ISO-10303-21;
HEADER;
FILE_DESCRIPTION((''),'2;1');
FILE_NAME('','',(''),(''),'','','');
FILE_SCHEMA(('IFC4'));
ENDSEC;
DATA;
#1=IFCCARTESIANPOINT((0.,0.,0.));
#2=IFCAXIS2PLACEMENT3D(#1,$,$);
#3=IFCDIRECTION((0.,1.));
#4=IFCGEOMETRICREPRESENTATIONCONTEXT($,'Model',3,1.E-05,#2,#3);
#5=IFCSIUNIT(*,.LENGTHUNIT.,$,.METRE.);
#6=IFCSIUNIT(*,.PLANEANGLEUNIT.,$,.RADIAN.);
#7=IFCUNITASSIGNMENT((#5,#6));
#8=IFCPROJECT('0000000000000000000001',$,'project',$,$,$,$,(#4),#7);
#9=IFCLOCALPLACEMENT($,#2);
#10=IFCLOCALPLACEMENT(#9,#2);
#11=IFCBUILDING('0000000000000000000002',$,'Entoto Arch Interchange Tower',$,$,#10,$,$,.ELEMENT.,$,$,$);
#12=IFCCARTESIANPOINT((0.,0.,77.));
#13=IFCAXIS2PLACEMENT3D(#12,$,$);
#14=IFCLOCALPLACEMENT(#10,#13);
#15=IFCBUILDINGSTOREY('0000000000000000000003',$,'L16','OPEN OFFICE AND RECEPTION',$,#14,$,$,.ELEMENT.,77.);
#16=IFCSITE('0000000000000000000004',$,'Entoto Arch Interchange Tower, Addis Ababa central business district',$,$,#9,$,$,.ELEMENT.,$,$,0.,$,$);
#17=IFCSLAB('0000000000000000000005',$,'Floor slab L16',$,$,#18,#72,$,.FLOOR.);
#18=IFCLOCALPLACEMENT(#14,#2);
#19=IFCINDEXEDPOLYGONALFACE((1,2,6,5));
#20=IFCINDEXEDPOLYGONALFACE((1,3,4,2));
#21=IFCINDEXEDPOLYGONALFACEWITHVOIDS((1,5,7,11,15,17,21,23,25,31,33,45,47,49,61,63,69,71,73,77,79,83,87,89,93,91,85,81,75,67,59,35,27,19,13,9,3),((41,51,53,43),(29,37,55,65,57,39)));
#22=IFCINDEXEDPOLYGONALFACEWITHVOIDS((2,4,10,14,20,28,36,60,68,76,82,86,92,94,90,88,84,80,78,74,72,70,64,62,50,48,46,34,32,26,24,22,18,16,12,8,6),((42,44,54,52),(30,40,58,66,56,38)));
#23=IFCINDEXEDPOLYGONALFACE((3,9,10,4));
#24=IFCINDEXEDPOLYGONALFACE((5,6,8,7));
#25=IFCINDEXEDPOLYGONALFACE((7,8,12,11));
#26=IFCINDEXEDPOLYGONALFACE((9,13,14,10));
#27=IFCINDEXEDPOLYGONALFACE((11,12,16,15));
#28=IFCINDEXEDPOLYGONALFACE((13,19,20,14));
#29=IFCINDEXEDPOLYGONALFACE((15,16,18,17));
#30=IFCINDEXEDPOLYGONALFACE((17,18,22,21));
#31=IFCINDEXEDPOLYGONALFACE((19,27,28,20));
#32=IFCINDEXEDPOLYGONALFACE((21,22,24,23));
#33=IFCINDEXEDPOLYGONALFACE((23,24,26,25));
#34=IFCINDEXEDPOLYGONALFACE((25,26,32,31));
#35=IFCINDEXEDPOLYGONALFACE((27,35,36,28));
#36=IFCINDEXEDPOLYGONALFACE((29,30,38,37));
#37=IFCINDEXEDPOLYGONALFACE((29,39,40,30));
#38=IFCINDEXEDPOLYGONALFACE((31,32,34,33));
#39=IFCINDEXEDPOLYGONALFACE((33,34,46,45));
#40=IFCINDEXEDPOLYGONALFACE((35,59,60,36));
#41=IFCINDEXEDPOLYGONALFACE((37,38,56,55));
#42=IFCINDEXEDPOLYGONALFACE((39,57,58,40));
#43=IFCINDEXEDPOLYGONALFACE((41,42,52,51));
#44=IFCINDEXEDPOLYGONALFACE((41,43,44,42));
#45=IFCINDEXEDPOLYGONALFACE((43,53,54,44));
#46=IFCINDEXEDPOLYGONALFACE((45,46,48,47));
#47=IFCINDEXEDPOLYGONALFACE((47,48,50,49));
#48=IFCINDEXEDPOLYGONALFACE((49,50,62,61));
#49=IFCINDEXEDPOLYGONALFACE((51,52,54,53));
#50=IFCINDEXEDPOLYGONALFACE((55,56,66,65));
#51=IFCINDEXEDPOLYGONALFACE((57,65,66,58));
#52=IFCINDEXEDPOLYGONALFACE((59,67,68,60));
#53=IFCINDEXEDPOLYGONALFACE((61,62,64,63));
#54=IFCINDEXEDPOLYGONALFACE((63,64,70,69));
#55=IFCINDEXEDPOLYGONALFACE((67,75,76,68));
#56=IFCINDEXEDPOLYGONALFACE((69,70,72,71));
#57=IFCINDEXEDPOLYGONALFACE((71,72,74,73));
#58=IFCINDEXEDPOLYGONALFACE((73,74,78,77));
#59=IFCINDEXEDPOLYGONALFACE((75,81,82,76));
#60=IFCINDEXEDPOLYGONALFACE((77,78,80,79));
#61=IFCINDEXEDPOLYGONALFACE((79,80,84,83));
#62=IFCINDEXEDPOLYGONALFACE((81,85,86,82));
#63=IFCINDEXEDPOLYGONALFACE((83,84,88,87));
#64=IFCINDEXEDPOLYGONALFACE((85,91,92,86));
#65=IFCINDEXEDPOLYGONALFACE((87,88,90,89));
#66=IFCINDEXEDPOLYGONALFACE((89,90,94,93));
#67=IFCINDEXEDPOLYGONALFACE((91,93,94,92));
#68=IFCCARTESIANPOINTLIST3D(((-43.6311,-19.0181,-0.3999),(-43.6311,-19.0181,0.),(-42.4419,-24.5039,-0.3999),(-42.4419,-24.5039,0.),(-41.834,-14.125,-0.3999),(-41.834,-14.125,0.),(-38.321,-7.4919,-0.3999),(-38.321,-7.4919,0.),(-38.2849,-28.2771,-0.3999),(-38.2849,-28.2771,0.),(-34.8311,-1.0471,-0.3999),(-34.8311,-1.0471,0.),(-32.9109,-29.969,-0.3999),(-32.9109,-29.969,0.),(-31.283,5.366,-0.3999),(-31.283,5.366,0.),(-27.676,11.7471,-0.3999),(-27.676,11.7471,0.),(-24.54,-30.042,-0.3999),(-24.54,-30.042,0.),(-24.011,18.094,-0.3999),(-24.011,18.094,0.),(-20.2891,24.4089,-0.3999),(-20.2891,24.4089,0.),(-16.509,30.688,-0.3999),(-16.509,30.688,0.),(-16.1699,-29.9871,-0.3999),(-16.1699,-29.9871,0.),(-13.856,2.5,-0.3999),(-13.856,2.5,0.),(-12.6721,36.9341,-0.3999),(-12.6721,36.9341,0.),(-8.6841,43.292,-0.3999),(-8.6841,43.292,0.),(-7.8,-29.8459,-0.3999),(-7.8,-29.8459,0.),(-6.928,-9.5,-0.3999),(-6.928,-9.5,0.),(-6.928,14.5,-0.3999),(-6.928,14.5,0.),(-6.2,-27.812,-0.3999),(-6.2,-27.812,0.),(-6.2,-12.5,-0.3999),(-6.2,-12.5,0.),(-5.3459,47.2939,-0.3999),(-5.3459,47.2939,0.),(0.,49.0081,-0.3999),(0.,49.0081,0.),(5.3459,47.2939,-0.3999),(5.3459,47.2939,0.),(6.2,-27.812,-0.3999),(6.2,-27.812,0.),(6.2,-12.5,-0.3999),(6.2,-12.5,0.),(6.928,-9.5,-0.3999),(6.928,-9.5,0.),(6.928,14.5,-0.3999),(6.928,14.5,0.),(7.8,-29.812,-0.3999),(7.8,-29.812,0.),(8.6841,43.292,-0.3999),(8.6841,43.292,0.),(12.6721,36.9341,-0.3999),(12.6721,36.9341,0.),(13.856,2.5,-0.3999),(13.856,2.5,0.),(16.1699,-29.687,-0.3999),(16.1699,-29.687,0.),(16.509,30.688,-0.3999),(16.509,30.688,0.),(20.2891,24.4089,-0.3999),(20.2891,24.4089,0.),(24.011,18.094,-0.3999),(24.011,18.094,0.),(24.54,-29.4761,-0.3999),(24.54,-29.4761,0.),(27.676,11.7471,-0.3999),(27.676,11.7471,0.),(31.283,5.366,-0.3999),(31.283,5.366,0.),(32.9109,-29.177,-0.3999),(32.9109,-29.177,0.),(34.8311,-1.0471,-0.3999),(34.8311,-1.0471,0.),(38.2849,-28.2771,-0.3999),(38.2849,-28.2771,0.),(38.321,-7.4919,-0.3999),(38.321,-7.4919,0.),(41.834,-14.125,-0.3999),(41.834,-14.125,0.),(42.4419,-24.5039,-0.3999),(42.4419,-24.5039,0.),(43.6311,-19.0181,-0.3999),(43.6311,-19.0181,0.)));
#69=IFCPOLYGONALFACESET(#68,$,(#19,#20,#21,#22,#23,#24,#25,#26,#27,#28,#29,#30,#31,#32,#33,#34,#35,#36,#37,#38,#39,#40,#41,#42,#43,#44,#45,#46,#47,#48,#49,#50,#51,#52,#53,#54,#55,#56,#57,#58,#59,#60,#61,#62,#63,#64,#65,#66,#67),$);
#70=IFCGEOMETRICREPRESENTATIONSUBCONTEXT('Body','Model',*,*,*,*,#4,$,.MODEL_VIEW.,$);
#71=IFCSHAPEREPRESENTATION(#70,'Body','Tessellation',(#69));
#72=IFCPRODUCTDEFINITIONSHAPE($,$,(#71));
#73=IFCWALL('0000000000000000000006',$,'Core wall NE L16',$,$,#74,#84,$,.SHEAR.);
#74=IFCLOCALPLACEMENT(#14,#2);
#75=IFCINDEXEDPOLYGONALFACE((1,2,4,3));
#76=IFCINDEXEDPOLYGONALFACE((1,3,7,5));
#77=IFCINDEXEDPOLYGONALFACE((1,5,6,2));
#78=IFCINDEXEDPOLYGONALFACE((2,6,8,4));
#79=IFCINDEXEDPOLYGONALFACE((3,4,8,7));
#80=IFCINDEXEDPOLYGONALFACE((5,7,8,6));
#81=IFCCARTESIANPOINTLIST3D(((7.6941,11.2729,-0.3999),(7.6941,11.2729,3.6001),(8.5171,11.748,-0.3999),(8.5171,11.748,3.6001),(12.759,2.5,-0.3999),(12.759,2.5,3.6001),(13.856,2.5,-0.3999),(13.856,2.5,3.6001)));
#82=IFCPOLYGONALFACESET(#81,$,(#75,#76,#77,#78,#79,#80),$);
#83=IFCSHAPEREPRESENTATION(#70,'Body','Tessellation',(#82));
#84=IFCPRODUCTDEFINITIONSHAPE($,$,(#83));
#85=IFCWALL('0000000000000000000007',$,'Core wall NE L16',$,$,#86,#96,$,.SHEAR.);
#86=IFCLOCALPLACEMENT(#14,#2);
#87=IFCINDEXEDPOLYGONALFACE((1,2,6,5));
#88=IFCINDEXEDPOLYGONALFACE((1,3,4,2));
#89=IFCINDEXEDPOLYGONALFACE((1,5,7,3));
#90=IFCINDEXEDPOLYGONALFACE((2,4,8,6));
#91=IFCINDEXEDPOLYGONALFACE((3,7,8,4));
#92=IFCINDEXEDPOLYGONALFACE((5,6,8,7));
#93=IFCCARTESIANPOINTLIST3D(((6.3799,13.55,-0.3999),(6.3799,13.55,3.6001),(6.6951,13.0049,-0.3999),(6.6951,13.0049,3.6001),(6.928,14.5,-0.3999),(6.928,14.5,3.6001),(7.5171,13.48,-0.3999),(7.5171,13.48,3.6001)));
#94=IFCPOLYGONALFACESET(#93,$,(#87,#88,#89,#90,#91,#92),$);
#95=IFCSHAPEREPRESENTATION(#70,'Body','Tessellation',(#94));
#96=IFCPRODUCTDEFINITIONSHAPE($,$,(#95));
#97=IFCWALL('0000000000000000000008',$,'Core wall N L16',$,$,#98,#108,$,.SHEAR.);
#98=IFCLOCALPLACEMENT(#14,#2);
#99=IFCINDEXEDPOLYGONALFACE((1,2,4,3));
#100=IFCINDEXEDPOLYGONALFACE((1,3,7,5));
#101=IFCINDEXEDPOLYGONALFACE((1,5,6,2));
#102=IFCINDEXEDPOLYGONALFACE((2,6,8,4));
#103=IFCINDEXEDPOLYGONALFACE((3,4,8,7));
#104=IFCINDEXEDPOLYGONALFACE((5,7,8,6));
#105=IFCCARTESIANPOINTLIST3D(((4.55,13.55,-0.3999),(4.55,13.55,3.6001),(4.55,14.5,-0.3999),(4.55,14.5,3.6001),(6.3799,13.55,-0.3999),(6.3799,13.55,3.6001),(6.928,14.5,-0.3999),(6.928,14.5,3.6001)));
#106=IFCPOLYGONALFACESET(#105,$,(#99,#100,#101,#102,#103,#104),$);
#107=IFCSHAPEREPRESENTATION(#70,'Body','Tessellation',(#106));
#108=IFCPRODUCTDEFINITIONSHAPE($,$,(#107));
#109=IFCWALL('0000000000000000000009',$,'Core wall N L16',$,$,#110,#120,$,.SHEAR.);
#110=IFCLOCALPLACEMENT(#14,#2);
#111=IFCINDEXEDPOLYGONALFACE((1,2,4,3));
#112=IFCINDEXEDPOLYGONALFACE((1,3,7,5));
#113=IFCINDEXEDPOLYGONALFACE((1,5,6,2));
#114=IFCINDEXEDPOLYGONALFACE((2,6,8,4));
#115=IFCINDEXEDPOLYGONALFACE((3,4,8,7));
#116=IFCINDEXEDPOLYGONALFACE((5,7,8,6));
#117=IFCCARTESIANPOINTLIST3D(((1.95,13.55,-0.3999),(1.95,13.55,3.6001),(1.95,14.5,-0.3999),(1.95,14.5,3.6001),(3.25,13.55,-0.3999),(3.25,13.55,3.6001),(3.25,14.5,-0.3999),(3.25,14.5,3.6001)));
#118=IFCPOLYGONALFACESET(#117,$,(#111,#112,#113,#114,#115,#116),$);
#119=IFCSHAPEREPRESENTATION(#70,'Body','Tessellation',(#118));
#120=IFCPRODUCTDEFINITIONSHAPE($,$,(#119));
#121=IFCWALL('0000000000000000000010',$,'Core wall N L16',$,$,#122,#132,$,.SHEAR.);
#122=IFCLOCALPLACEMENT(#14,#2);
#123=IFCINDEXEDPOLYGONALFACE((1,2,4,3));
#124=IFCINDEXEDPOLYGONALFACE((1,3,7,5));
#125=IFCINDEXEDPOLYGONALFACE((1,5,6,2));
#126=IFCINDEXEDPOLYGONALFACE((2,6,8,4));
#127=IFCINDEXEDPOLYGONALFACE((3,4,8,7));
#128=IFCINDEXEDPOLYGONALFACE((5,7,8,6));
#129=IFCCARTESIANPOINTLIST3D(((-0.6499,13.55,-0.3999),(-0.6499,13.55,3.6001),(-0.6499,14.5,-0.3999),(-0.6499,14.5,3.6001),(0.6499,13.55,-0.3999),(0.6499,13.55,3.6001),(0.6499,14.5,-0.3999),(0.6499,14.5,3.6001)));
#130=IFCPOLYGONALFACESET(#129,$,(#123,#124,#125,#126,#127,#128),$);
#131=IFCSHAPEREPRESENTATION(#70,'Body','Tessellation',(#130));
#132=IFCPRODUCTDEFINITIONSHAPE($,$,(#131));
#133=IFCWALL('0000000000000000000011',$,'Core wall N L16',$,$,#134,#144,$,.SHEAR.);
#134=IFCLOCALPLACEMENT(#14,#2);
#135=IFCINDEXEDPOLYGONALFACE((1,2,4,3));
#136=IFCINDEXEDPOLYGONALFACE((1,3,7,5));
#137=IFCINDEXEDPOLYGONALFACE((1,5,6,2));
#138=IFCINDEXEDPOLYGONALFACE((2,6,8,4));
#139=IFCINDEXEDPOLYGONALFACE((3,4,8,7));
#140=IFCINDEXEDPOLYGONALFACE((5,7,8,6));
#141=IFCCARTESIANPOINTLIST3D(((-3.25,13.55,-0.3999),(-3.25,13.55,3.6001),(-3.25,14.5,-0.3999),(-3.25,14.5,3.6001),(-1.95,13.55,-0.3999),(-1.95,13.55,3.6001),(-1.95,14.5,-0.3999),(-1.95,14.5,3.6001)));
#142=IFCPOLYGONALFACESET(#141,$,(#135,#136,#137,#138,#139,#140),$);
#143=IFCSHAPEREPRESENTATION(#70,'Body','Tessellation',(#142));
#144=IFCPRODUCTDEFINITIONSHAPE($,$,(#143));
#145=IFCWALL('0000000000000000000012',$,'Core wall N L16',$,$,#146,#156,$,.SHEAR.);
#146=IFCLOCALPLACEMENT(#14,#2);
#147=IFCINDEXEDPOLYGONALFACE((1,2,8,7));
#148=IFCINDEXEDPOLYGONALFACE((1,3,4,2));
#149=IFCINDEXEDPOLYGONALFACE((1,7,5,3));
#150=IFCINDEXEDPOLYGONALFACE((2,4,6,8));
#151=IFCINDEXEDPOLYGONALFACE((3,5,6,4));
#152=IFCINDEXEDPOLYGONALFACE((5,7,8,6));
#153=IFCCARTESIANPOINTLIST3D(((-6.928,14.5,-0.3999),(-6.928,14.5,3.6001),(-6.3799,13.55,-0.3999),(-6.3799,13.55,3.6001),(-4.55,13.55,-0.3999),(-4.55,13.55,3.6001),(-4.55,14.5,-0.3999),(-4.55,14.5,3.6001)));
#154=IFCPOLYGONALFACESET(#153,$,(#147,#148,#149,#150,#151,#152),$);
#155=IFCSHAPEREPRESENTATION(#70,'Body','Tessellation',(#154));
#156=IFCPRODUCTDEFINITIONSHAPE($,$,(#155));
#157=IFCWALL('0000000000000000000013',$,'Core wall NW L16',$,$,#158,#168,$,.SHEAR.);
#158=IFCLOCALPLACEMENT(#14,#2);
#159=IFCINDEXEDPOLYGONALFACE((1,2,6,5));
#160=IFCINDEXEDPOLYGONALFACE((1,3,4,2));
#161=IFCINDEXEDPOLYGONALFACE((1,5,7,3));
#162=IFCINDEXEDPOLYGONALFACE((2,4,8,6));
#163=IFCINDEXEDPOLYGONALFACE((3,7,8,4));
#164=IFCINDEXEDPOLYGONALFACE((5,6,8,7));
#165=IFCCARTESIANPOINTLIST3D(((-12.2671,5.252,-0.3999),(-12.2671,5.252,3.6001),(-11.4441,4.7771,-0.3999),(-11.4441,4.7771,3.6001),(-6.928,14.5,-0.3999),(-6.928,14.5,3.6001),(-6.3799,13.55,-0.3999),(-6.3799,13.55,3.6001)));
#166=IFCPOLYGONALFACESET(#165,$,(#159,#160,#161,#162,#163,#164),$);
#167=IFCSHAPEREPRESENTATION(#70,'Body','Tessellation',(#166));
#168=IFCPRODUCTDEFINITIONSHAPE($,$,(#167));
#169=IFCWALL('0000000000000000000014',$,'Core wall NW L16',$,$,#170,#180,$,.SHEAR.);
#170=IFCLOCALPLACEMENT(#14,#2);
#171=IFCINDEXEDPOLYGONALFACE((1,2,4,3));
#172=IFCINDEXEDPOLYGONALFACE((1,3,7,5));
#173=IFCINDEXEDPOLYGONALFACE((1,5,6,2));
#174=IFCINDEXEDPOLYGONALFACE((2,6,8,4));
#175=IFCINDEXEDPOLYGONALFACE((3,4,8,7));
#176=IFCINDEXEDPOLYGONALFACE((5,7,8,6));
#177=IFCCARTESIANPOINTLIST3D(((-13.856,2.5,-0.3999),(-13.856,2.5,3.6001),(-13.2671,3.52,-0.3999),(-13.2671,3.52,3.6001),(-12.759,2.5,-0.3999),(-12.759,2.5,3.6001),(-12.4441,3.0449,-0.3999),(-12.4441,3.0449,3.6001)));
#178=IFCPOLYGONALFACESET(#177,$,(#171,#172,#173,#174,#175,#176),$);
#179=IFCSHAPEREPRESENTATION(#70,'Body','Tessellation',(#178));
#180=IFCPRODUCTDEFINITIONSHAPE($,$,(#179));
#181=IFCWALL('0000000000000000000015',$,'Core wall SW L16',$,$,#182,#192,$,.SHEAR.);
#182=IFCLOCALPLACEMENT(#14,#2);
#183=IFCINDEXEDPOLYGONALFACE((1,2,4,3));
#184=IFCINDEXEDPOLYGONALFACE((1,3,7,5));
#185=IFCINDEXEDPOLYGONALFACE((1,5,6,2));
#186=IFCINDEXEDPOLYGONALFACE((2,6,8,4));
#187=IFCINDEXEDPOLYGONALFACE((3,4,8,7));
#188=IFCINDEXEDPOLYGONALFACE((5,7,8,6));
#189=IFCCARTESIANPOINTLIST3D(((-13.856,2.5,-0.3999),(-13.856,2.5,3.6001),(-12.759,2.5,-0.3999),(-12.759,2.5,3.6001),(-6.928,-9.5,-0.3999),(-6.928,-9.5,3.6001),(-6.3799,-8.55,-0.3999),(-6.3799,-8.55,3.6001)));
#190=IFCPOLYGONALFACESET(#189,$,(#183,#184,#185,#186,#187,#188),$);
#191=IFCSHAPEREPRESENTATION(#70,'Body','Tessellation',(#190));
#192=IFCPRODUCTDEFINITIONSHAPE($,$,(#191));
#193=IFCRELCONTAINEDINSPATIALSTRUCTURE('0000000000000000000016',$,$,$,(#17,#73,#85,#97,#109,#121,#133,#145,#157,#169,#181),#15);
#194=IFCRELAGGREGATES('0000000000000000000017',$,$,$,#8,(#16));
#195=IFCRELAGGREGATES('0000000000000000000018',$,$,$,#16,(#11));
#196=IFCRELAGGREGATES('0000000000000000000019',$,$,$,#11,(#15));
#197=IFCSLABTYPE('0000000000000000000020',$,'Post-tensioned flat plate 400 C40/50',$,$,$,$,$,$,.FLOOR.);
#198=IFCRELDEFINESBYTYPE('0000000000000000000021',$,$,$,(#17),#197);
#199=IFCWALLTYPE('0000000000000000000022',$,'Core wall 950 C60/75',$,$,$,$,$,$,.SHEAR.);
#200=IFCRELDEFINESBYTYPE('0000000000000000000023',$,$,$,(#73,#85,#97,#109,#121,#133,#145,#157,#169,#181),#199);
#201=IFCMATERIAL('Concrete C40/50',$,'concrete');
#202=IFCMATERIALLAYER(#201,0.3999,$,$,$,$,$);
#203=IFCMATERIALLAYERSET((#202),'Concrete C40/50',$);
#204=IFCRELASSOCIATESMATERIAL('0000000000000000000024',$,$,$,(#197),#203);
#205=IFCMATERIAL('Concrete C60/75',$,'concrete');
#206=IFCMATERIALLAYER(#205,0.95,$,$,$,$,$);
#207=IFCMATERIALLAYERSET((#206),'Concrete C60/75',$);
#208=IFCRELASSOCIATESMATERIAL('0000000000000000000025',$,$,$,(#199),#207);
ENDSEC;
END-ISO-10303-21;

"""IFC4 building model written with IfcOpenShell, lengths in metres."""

from ifc_helpers import new_model, si_unit, direction, frame, origin, place, context, subcontext, project, spatial, polyline, outline, extrude, material, layer, layer_set, type_object, element, save


model = new_model("IFC4")

# Units and contexts
model_context = context("Model", 3, precision=1e-05, world=origin(), true_north=direction((0.0, 1.0)))
body_context = subcontext(model_context, "Body", "Model", "MODEL_VIEW")
ifc_project = project(units=[si_unit("LENGTHUNIT", "METRE"), si_unit("PLANEANGLEUNIT", "RADIAN")], contexts=[model_context])

# Site, building, storey
site_placement = place(None, origin())
site = spatial("IfcSite", under=ifc_project, at=site_placement, Name="Entoto Arch Interchange Tower, Addis Ababa central business district", CompositionType="ELEMENT", RefElevation=0.0)
building_placement = place(site_placement, origin())
building = spatial("IfcBuilding", under=site, at=building_placement, Name="Entoto Arch Interchange Tower", CompositionType="ELEMENT")
storey_placement = place(building_placement, frame((0.0, 0.0, 77.0)))
storey = spatial("IfcBuildingStorey", under=building, at=storey_placement, Name="L16", Description="OPEN OFFICE AND RECEPTION", CompositionType="ELEMENT", Elevation=77.0)

# Slab
ifc_material_1 = material(Name="Concrete C40/50", Category="concrete")
ifc_layer_1 = layer(ifc_material_1, 0.3999)
ifc_layer_set_1 = layer_set([ifc_layer_1], Name="Concrete C40/50")
slab_type = type_object("IfcSlabType", Name="Post-tensioned flat plate 400 C40/50", PredefinedType="FLOOR", material=ifc_layer_set_1)
slab_placement = place(storey_placement, frame((0.0, 0.0, -0.3999)))
element("IfcSlab", 1, at=slab_placement, inside=storey, type_object=slab_type, Name="Floor slab L16", PredefinedType="FLOOR", context=body_context, shape_type="SweptSolid", body=[
    extrude(outline(polyline([(-32.9109, -29.969), (-24.54, -30.042), (-16.1699, -29.9871), (-7.8, -29.8459), (7.8, -29.812), (16.1699, -29.687), (24.54, -29.4761), (32.9109, -29.177), (38.2849, -28.2771), (42.4419, -24.5039), (43.6311, -19.0181), (41.834, -14.125), (38.321, -7.4919), (34.8311, -1.0471), (31.283, 5.366), (27.676, 11.7471), (24.011, 18.094), (20.2891, 24.4089), (16.509, 30.688), (12.6721, 36.9341), (8.6841, 43.292), (5.3459, 47.2939), (0.0, 49.0081), (-5.3459, 47.2939), (-8.6841, 43.292), (-12.6721, 36.9341), (-16.509, 30.688), (-20.2891, 24.4089), (-24.011, 18.094), (-27.676, 11.7471), (-31.283, 5.366), (-34.8311, -1.0471), (-38.321, -7.4919), (-41.834, -14.125), (-43.6311, -19.0181), (-42.4419, -24.5039), (-38.2849, -28.2771), (-32.9109, -29.969)]), holes=[polyline([(6.2, -27.812), (6.2, -12.5), (-6.2, -12.5), (-6.2, -27.812), (6.2, -27.812)]), polyline([(13.856, 2.5), (6.928, 14.5), (-6.928, 14.5), (-13.856, 2.5), (-6.928, -9.5), (6.928, -9.5), (13.856, 2.5)])]), origin(), (0.0, 0.0, 1.0), 0.3999),
])

# Walls
ifc_material_2 = material(Name="Concrete C60/75", Category="concrete")
ifc_layer_2 = layer(ifc_material_2, 0.95)
ifc_layer_set_2 = layer_set([ifc_layer_2], Name="Concrete C60/75")
wall_type_1 = type_object("IfcWallType", Name="Core wall 950 C60/75", PredefinedType="SHEAR", material=ifc_layer_set_2)
wall_1_placement = place(storey_placement, frame((0.0, 0.0, -0.3999)))
element("IfcWall", 2, at=wall_1_placement, inside=storey, type_object=wall_type_1, Name="Core wall NE L16", PredefinedType="SHEAR", context=body_context, shape_type="SweptSolid", body=[
    extrude(outline(polyline([(8.5171, 11.748), (7.6941, 11.2729), (12.759, 2.5), (13.856, 2.5), (8.5171, 11.748)])), origin(), (0.0, 0.0, 1.0), 4.0),
])
wall_2_placement = place(storey_placement, frame((0.0, 0.0, -0.3999)))
element("IfcWall", 3, at=wall_2_placement, inside=storey, type_object=wall_type_1, Name="Core wall NE L16", PredefinedType="SHEAR", context=body_context, shape_type="SweptSolid", body=[
    extrude(outline(polyline([(6.6951, 13.0049), (7.5171, 13.48), (6.928, 14.5), (6.3799, 13.55), (6.6951, 13.0049)])), origin(), (0.0, 0.0, 1.0), 4.0),
])
wall_3_placement = place(storey_placement, frame((0.0, 0.0, -0.3999)))
element("IfcWall", 4, at=wall_3_placement, inside=storey, type_object=wall_type_1, Name="Core wall N L16", PredefinedType="SHEAR", context=body_context, shape_type="SweptSolid", body=[
    extrude(outline(polyline([(4.55, 14.5), (4.55, 13.55), (6.3799, 13.55), (6.928, 14.5), (4.55, 14.5)])), origin(), (0.0, 0.0, 1.0), 4.0),
])
wall_4_placement = place(storey_placement, frame((0.0, 0.0, -0.3999)))
element("IfcWall", 5, at=wall_4_placement, inside=storey, type_object=wall_type_1, Name="Core wall N L16", PredefinedType="SHEAR", context=body_context, shape_type="SweptSolid", body=[
    extrude(outline(polyline([(1.95, 14.5), (1.95, 13.55), (3.25, 13.55), (3.25, 14.5), (1.95, 14.5)])), origin(), (0.0, 0.0, 1.0), 4.0),
])
wall_5_placement = place(storey_placement, frame((0.0, 0.0, -0.3999)))
element("IfcWall", 6, at=wall_5_placement, inside=storey, type_object=wall_type_1, Name="Core wall N L16", PredefinedType="SHEAR", context=body_context, shape_type="SweptSolid", body=[
    extrude(outline(polyline([(-0.6499, 14.5), (-0.6499, 13.55), (0.6499, 13.55), (0.6499, 14.5), (-0.6499, 14.5)])), origin(), (0.0, 0.0, 1.0), 4.0),
])
wall_6_placement = place(storey_placement, frame((0.0, 0.0, -0.3999)))
element("IfcWall", 7, at=wall_6_placement, inside=storey, type_object=wall_type_1, Name="Core wall N L16", PredefinedType="SHEAR", context=body_context, shape_type="SweptSolid", body=[
    extrude(outline(polyline([(-3.25, 14.5), (-3.25, 13.55), (-1.95, 13.55), (-1.95, 14.5), (-3.25, 14.5)])), origin(), (0.0, 0.0, 1.0), 4.0),
])
wall_7_placement = place(storey_placement, frame((0.0, 0.0, -0.3999)))
element("IfcWall", 8, at=wall_7_placement, inside=storey, type_object=wall_type_1, Name="Core wall N L16", PredefinedType="SHEAR", context=body_context, shape_type="SweptSolid", body=[
    extrude(outline(polyline([(-4.55, 13.55), (-4.55, 14.5), (-6.928, 14.5), (-6.3799, 13.55), (-4.55, 13.55)])), origin(), (0.0, 0.0, 1.0), 4.0),
])
wall_8_placement = place(storey_placement, frame((0.0, 0.0, -0.3999)))
element("IfcWall", 9, at=wall_8_placement, inside=storey, type_object=wall_type_1, Name="Core wall NW L16", PredefinedType="SHEAR", context=body_context, shape_type="SweptSolid", body=[
    extrude(outline(polyline([(-12.2671, 5.252), (-11.4441, 4.7771), (-6.3799, 13.55), (-6.928, 14.5), (-12.2671, 5.252)])), origin(), (0.0, 0.0, 1.0), 4.0),
])
wall_9_placement = place(storey_placement, frame((0.0, 0.0, -0.3999)))
element("IfcWall", 10, at=wall_9_placement, inside=storey, type_object=wall_type_1, Name="Core wall NW L16", PredefinedType="SHEAR", context=body_context, shape_type="SweptSolid", body=[
    extrude(outline(polyline([(-12.4441, 3.0449), (-13.2671, 3.52), (-13.856, 2.5), (-12.759, 2.5), (-12.4441, 3.0449)])), origin(), (0.0, 0.0, 1.0), 4.0),
])
wall_10_placement = place(storey_placement, frame((0.0, 0.0, -0.3999)))
element("IfcWall", 11, at=wall_10_placement, inside=storey, type_object=wall_type_1, Name="Core wall SW L16", PredefinedType="SHEAR", context=body_context, shape_type="SweptSolid", body=[
    extrude(outline(polyline([(-13.856, 2.5), (-6.928, -9.5), (-6.3799, -8.55), (-12.759, 2.5), (-13.856, 2.5)])), origin(), (0.0, 0.0, 1.0), 4.0),
])

save(model, "model.ifc")
